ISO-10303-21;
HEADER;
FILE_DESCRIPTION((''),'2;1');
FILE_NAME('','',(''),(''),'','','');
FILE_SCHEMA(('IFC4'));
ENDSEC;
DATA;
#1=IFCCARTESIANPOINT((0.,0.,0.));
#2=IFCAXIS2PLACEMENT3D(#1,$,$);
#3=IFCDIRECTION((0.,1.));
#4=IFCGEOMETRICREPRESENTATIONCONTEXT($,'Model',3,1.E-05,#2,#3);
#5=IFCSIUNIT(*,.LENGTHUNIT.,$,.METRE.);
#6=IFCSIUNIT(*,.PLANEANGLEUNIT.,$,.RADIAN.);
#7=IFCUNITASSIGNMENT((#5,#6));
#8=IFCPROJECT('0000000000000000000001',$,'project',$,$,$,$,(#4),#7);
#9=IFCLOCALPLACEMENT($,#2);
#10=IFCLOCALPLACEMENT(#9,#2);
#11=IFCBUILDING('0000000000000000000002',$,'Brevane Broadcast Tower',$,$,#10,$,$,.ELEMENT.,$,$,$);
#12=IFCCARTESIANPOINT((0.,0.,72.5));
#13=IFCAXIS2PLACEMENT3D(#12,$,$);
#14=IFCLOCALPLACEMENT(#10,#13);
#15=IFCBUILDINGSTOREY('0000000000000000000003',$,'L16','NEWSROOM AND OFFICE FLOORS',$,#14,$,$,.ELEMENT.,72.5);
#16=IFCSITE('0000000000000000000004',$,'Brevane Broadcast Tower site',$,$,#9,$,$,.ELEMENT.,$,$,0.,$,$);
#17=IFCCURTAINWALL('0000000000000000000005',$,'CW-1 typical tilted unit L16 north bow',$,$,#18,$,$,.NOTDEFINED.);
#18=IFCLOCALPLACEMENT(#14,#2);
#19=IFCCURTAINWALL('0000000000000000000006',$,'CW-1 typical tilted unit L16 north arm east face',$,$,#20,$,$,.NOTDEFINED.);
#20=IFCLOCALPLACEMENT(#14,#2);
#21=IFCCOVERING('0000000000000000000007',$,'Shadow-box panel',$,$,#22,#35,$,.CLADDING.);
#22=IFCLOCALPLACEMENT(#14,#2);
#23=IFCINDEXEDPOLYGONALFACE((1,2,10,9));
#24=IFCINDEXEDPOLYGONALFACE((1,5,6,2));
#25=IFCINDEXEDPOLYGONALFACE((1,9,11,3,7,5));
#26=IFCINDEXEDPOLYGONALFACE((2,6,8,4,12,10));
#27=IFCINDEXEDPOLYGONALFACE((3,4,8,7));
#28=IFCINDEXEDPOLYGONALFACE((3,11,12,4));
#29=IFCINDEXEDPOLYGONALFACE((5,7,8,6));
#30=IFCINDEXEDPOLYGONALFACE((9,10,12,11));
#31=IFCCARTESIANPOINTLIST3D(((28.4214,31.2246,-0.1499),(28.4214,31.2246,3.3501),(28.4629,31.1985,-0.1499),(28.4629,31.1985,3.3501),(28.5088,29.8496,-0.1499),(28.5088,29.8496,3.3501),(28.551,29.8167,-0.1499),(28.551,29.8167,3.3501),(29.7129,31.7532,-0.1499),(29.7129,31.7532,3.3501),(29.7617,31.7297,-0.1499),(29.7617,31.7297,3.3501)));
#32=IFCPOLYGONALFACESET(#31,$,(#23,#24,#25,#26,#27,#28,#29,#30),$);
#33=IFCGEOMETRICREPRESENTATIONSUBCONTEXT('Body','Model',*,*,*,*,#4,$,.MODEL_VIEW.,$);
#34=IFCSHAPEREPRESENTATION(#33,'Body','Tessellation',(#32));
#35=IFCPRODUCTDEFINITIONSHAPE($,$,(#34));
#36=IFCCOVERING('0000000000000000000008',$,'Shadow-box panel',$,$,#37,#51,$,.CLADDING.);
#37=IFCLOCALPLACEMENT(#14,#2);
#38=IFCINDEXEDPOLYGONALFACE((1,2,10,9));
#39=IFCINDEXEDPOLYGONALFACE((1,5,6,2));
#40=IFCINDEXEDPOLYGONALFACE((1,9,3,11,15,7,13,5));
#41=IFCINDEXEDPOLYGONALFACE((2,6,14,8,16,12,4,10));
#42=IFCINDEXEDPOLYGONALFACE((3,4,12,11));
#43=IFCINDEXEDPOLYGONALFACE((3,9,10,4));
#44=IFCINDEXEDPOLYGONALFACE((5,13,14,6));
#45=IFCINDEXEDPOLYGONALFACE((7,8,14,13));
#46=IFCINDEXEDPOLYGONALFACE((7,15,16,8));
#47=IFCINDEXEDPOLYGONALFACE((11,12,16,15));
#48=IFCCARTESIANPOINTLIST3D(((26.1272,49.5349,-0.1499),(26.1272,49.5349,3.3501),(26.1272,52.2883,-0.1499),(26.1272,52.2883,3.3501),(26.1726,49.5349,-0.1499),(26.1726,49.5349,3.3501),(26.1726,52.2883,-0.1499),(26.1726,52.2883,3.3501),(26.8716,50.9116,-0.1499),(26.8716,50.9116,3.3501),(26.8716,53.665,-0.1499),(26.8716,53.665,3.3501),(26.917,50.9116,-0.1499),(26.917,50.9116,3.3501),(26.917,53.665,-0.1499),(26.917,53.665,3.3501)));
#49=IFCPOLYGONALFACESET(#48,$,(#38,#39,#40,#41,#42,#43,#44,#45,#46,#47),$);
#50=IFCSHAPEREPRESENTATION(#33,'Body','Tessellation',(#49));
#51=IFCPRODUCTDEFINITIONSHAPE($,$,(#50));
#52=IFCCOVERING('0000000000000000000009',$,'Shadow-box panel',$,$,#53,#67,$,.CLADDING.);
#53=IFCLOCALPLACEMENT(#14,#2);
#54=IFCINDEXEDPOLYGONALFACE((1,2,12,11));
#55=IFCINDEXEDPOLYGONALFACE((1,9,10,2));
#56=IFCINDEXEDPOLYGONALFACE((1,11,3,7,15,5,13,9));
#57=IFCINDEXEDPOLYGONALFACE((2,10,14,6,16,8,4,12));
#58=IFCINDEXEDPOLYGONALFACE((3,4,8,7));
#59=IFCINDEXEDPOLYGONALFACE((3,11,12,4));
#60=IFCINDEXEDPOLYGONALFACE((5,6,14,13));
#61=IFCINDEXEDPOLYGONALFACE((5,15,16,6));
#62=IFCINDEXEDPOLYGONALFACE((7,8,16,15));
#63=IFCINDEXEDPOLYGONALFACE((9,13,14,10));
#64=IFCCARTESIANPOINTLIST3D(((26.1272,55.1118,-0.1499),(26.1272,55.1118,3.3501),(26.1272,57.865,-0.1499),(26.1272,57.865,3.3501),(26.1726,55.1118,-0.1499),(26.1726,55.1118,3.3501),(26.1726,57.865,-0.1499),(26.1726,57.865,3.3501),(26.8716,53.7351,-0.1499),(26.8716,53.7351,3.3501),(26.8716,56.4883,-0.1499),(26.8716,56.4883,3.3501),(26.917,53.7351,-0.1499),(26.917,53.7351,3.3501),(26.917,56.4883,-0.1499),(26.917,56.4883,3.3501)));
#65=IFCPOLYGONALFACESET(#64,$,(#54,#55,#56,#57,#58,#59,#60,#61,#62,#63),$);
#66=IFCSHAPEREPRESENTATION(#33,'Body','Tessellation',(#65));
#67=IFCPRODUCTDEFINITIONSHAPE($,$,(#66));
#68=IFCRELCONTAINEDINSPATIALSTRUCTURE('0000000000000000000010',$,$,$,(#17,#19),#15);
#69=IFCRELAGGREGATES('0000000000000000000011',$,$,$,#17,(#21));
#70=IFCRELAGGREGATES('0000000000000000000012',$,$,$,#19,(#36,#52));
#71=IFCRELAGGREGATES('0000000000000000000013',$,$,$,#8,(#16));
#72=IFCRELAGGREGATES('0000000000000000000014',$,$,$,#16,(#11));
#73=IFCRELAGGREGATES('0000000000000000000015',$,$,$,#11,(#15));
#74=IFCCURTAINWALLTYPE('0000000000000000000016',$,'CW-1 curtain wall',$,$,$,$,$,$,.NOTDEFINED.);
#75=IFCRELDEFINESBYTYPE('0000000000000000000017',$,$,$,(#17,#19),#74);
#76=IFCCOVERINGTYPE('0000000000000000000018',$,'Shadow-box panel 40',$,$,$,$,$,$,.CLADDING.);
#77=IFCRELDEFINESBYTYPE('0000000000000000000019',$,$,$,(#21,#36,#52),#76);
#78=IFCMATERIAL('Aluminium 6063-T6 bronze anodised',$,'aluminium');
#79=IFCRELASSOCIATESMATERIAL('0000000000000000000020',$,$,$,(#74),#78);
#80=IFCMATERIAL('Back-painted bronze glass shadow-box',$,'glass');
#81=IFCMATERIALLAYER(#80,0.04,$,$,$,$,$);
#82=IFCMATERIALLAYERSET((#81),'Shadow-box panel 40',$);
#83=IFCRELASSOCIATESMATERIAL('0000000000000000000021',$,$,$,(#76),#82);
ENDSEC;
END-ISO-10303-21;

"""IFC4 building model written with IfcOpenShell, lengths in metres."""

from ifc_helpers import new_model, si_unit, direction, frame, origin, place, context, subcontext, project, spatial, polyline, outline, extrude, material, layer, layer_set, type_object, element, aggregate, save


model = new_model("IFC4")

# Units and contexts
model_context = context("Model", 3, precision=1e-05, world=origin(), true_north=direction((0.0, 1.0)))
body_context = subcontext(model_context, "Body", "Model", "MODEL_VIEW")
ifc_project = project(units=[si_unit("LENGTHUNIT", "METRE"), si_unit("PLANEANGLEUNIT", "RADIAN")], contexts=[model_context])

# Site, building, storey
site_placement = place(None, origin())
site = spatial("IfcSite", under=ifc_project, at=site_placement, Name="Brevane Broadcast Tower site", CompositionType="ELEMENT", RefElevation=0.0)
building_placement = place(site_placement, origin())
building = spatial("IfcBuilding", under=site, at=building_placement, Name="Brevane Broadcast Tower", CompositionType="ELEMENT")
storey_placement = place(building_placement, frame((0.0, 0.0, 72.5)))
storey = spatial("IfcBuildingStorey", under=building, at=storey_placement, Name="L16", Description="NEWSROOM AND OFFICE FLOORS", CompositionType="ELEMENT", Elevation=72.5)

# Shared definitions
ifc_material_1 = material(Name="Aluminium 6063-T6 bronze anodised", Category="aluminium")
curtain_wall_type = type_object("IfcCurtainWallType", Name="CW-1 curtain wall", PredefinedType="NOTDEFINED", material=ifc_material_1)

# Curtain walls
curtain_wall_1_placement = place(storey_placement, origin())
curtain_wall_1 = element("IfcCurtainWall", 1, at=curtain_wall_1_placement, inside=storey, type_object=curtain_wall_type, Name="CW-1 typical tilted unit L16 north bow", PredefinedType="NOTDEFINED")
curtain_wall_2_placement = place(storey_placement, origin())
curtain_wall_2 = element("IfcCurtainWall", 2, at=curtain_wall_2_placement, inside=storey, type_object=curtain_wall_type, Name="CW-1 typical tilted unit L16 north arm east face", PredefinedType="NOTDEFINED")

# Coverings
ifc_material_2 = material(Name="Back-painted bronze glass shadow-box", Category="glass")
ifc_layer_1 = layer(ifc_material_2, 0.04)
ifc_layer_set_1 = layer_set([ifc_layer_1], Name="Shadow-box panel 40")
covering_type = type_object("IfcCoveringType", Name="Shadow-box panel 40", PredefinedType="CLADDING", material=ifc_layer_set_1)
covering_1_placement = place(storey_placement, frame((0.0, 0.0, -0.1499)))
covering_1 = element("IfcCovering", 3, at=covering_1_placement, type_object=covering_type, Name="Shadow-box panel", PredefinedType="CLADDING", context=body_context, shape_type="SweptSolid", body=[
    extrude(outline(polyline([(28.5088, 29.8496), (28.551, 29.8167), (28.4629, 31.1985), (29.7617, 31.7297), (29.7129, 31.7532), (28.4214, 31.2246), (28.5088, 29.8496)])), origin(), (0.0, 0.0, 1.0), 3.5),
])
aggregate(curtain_wall_1, [covering_1])
covering_2_placement = place(storey_placement, frame((0.0, 0.0, -0.1499)))
covering_2 = element("IfcCovering", 4, at=covering_2_placement, type_object=covering_type, Name="Shadow-box panel", PredefinedType="CLADDING", context=body_context, shape_type="SweptSolid", body=[
    extrude(outline(polyline([(26.1272, 49.5349), (26.1726, 49.5349), (26.917, 50.9116), (26.1726, 52.2883), (26.917, 53.665), (26.8716, 53.665), (26.1272, 52.2883), (26.8716, 50.9116), (26.1272, 49.5349)])), origin(), (0.0, 0.0, 1.0), 3.5),
])
covering_3_placement = place(storey_placement, frame((0.0, 0.0, -0.1499)))
covering_3 = element("IfcCovering", 5, at=covering_3_placement, type_object=covering_type, Name="Shadow-box panel", PredefinedType="CLADDING", context=body_context, shape_type="SweptSolid", body=[
    extrude(outline(polyline([(26.8716, 53.7351), (26.917, 53.7351), (26.1726, 55.1118), (26.917, 56.4883), (26.1726, 57.865), (26.1272, 57.865), (26.8716, 56.4883), (26.1272, 55.1118), (26.8716, 53.7351)])), origin(), (0.0, 0.0, 1.0), 3.5),
])
aggregate(curtain_wall_2, [covering_2, covering_3])

save(model, "model.ifc")
